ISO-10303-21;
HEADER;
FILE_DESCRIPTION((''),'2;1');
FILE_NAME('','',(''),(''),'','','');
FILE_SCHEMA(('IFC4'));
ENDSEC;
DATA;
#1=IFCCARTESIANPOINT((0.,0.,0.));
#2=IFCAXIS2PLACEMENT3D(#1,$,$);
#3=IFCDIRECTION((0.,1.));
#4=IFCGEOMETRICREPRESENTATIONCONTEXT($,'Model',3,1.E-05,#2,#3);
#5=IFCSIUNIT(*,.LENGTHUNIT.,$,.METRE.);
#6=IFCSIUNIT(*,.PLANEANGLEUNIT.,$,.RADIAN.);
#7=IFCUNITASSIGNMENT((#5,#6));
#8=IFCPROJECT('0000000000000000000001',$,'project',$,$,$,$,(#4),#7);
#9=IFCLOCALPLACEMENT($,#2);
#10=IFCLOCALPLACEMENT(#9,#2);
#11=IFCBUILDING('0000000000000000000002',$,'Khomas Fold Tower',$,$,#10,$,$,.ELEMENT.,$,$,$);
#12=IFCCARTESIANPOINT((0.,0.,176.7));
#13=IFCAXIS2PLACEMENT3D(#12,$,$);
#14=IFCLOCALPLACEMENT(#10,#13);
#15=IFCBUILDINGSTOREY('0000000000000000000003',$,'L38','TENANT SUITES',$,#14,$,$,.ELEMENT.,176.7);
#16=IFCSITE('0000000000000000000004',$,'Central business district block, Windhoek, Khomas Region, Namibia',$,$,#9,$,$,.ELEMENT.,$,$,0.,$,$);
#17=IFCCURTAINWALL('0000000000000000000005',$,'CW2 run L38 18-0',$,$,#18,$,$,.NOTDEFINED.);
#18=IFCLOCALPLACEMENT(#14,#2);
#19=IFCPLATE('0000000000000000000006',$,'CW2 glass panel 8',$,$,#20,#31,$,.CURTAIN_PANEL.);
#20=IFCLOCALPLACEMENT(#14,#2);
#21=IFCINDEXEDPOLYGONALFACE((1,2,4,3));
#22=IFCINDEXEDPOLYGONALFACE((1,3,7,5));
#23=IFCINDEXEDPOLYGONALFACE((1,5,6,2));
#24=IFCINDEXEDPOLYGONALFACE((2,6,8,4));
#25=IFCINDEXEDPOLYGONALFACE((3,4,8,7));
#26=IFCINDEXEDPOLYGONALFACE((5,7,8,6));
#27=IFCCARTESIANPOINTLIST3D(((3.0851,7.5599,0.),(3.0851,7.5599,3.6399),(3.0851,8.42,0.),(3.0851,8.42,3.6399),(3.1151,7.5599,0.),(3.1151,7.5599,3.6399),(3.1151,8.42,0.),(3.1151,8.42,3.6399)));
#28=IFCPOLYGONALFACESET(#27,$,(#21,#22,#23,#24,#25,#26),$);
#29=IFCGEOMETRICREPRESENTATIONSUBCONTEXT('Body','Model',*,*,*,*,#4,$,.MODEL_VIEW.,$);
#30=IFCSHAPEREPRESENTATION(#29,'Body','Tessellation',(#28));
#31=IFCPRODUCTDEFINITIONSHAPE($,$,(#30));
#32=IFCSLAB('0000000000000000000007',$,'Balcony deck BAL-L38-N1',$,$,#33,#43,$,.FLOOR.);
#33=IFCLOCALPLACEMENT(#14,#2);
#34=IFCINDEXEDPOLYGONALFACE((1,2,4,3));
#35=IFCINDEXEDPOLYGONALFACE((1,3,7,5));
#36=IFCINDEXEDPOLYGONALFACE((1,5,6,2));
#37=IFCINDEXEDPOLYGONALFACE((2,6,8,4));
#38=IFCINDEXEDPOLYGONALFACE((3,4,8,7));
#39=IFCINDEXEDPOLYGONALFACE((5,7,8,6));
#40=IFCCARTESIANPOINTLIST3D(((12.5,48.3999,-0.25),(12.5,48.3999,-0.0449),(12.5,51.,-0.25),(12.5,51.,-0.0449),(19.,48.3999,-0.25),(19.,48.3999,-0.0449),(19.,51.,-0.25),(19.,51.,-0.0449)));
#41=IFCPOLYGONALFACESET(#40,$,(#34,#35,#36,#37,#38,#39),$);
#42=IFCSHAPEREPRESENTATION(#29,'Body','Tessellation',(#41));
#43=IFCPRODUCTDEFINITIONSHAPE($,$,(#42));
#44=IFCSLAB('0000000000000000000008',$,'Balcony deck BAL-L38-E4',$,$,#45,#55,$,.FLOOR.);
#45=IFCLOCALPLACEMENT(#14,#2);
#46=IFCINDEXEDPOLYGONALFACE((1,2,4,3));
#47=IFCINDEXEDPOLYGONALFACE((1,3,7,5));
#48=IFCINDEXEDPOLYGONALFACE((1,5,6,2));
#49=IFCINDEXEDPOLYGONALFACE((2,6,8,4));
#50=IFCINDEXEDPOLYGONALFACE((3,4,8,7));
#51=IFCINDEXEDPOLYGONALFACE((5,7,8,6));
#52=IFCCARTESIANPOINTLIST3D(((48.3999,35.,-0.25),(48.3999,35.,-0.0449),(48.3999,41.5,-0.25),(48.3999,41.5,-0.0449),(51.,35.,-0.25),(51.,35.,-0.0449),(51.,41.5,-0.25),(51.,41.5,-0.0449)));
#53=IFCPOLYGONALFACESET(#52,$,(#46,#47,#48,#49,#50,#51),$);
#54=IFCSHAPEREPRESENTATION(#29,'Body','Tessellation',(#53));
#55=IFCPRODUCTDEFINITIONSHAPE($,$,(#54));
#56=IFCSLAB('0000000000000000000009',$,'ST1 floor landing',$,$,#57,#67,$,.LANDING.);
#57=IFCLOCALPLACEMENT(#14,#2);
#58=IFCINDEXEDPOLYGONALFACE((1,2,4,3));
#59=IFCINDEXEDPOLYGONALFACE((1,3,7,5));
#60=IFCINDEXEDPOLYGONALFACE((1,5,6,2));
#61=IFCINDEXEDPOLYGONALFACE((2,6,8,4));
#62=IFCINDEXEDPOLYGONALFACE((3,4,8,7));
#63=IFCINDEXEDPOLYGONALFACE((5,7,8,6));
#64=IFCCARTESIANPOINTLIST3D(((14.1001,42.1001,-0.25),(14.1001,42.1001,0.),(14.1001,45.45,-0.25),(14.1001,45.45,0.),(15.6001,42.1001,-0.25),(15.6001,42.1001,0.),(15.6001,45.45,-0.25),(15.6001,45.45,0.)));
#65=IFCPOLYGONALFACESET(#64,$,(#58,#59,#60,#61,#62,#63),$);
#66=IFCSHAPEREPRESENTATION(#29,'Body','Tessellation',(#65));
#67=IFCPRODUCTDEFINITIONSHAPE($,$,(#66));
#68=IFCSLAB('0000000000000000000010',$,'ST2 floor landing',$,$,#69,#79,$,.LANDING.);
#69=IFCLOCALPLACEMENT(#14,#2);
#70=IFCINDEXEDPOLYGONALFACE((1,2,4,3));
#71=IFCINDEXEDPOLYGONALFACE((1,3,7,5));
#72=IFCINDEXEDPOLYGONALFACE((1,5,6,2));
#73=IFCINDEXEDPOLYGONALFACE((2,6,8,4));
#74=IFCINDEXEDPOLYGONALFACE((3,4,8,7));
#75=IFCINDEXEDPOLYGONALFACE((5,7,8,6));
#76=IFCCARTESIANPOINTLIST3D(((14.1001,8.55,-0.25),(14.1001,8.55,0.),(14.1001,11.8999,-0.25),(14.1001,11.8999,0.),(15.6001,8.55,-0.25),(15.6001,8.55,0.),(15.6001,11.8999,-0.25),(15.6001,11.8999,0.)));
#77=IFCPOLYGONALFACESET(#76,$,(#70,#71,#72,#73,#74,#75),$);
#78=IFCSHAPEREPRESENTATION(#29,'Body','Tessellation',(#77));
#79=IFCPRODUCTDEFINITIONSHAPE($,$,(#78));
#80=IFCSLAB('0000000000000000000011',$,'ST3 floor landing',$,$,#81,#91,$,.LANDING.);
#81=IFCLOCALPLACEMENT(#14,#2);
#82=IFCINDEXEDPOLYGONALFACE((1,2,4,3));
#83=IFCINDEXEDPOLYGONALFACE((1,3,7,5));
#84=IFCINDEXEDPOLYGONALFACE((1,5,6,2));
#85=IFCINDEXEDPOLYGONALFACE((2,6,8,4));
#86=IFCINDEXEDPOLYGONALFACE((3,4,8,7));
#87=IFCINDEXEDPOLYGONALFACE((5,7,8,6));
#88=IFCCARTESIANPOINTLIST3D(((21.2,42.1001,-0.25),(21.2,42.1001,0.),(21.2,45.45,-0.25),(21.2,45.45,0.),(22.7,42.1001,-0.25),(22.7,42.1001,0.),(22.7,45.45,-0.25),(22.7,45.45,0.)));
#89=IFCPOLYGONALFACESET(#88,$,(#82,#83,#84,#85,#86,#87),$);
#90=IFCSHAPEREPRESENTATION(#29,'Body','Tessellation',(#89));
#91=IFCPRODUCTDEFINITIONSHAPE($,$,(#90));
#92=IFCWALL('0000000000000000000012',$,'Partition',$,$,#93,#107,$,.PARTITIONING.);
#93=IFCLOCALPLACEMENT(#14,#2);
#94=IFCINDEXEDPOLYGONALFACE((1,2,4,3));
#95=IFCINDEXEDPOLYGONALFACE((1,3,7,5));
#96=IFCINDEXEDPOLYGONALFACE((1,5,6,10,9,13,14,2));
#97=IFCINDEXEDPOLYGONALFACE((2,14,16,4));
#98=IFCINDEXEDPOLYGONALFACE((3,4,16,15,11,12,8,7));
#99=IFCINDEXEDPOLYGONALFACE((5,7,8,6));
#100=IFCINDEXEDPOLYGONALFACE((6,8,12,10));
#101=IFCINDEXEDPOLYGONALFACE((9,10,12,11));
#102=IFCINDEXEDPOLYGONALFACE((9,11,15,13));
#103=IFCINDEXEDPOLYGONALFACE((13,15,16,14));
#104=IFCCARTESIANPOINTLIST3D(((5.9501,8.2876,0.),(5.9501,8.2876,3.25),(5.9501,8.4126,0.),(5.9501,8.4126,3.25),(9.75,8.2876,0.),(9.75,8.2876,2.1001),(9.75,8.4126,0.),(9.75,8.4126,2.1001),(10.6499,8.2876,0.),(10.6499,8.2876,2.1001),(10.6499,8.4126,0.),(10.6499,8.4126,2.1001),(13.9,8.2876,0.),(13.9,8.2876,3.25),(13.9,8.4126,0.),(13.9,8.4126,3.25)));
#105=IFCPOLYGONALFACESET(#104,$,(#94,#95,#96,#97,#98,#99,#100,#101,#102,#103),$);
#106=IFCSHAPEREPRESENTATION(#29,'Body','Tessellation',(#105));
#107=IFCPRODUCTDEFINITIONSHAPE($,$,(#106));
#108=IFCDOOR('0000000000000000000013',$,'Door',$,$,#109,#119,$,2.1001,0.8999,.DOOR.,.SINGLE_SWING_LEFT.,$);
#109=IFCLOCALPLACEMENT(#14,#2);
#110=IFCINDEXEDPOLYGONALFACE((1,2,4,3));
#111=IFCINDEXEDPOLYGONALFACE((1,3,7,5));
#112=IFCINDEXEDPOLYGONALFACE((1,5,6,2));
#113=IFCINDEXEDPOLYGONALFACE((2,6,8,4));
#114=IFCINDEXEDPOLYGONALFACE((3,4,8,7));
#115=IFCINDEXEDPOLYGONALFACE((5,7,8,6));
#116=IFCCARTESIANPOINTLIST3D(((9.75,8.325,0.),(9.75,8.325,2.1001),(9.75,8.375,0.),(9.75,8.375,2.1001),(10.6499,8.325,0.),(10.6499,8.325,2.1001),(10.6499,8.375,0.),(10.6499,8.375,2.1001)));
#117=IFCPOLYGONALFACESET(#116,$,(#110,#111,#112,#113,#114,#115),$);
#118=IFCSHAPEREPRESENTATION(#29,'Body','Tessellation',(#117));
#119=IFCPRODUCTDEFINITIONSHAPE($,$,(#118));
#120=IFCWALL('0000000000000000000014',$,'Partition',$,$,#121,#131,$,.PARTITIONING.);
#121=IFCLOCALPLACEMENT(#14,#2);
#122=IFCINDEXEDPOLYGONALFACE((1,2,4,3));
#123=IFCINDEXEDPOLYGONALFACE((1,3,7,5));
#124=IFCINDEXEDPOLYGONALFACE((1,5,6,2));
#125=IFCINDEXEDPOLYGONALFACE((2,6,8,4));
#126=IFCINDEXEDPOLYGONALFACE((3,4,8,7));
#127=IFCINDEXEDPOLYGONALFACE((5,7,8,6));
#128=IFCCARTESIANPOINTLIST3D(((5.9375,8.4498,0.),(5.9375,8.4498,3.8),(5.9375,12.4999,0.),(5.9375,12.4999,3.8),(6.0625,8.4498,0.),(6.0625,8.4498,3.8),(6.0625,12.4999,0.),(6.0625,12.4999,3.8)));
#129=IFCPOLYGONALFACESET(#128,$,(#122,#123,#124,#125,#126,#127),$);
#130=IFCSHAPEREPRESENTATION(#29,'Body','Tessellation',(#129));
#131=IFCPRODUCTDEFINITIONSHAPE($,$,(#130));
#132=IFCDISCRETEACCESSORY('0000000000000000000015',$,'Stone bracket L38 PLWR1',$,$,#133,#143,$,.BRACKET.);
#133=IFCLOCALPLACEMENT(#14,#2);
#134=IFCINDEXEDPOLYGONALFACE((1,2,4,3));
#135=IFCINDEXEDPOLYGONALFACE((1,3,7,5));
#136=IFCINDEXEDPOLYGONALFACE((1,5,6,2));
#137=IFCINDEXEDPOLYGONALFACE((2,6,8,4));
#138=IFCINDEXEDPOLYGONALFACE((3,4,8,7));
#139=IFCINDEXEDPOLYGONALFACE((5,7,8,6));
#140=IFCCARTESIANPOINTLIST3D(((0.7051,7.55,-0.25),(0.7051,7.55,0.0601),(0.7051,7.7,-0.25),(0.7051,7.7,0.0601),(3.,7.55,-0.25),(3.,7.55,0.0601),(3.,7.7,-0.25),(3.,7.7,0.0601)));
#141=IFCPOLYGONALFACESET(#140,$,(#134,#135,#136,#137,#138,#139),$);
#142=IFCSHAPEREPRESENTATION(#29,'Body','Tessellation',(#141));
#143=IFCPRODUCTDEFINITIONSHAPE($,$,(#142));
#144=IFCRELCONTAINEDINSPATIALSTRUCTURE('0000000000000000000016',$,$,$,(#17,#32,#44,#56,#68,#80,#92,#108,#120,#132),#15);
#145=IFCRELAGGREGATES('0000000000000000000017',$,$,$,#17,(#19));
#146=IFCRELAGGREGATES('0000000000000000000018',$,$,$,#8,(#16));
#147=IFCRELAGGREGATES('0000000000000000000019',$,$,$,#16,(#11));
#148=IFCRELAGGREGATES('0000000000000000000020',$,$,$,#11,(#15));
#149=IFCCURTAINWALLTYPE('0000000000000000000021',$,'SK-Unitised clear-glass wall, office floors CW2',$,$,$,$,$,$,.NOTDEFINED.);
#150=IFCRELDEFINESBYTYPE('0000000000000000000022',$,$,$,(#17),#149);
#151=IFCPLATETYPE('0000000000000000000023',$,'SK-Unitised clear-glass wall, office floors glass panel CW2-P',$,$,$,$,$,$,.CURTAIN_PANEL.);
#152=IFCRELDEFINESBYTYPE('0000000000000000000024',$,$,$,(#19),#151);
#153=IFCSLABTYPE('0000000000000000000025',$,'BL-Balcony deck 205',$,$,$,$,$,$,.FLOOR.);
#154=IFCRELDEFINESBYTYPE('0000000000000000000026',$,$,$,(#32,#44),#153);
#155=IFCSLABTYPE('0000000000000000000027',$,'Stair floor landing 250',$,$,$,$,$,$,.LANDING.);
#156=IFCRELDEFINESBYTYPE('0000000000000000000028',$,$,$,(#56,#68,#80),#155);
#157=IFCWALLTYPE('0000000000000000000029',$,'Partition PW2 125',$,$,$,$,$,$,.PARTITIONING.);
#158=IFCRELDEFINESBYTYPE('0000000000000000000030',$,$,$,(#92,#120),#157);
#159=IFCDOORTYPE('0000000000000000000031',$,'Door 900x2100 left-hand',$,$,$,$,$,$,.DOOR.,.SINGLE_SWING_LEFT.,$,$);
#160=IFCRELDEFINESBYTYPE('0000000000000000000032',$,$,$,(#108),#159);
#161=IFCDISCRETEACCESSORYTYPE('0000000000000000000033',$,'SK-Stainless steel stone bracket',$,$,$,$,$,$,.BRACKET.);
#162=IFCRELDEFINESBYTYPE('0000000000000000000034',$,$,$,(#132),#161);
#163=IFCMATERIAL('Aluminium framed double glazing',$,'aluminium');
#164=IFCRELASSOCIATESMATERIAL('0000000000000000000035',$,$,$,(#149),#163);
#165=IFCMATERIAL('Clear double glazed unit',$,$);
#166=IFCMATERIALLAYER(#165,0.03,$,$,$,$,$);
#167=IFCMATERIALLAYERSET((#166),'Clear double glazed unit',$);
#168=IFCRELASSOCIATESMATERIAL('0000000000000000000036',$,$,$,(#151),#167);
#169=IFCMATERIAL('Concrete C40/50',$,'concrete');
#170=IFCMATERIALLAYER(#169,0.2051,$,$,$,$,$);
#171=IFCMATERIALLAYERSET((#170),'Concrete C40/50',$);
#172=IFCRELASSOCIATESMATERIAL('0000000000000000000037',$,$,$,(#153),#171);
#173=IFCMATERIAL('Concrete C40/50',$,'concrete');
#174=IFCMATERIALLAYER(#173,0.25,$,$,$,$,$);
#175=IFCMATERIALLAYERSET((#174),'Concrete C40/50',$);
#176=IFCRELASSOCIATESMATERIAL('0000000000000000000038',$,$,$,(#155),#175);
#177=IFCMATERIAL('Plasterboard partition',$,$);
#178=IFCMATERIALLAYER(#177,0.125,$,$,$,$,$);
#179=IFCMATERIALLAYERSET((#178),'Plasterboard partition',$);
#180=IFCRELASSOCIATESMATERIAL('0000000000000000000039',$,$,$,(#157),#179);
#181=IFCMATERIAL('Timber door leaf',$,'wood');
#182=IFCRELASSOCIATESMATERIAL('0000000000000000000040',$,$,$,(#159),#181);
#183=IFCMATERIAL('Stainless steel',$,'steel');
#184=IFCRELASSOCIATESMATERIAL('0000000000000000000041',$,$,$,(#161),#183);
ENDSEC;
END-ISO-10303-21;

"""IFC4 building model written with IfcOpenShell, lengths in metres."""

from ifc_helpers import new_model, si_unit, direction, frame, frame_2d, origin, origin_2d, place, context, subcontext, project, spatial, polyline, rectangle, outline, extrude, source, transform, mapped, material, layer, layer_set, type_object, element, fill, aggregate, save


model = new_model("IFC4")

# Units and contexts
model_context = context("Model", 3, precision=1e-05, world=origin(), true_north=direction((0.0, 1.0)))
body_context = subcontext(model_context, "Body", "Model", "MODEL_VIEW")
ifc_project = project(units=[si_unit("LENGTHUNIT", "METRE"), si_unit("PLANEANGLEUNIT", "RADIAN")], contexts=[model_context])

# Site, building, storey
site_placement = place(None, origin())
site = spatial("IfcSite", under=ifc_project, at=site_placement, Name="Central business district block, Windhoek, Khomas Region, Namibia", CompositionType="ELEMENT", RefElevation=0.0)
building_placement = place(site_placement, origin())
building = spatial("IfcBuilding", under=site, at=building_placement, Name="Khomas Fold Tower", CompositionType="ELEMENT")
storey_placement = place(building_placement, frame((0.0, 0.0, 176.7)))
storey = spatial("IfcBuildingStorey", under=building, at=storey_placement, Name="L38", Description="TENANT SUITES", CompositionType="ELEMENT", Elevation=176.7)

# Curtain wall
ifc_material_1 = material(Name="Aluminium framed double glazing", Category="aluminium")
curtain_wall_type = type_object("IfcCurtainWallType", Name="SK-Unitised clear-glass wall, office floors CW2", PredefinedType="NOTDEFINED", material=ifc_material_1)
curtain_wall_1_placement = place(storey_placement, origin())
curtain_wall_1 = element("IfcCurtainWall", 1, at=curtain_wall_1_placement, inside=storey, type_object=curtain_wall_type, Name="CW2 run L38 18-0", PredefinedType="NOTDEFINED")

# Plate
ifc_material_2 = material(Name="Clear double glazed unit")
ifc_layer_1 = layer(ifc_material_2, 0.03)
ifc_layer_set_1 = layer_set([ifc_layer_1], Name="Clear double glazed unit")
plate_type = type_object("IfcPlateType", Name="SK-Unitised clear-glass wall, office floors glass panel CW2-P", PredefinedType="CURTAIN_PANEL", material=ifc_layer_set_1)
shared_shape_1 = source(origin(), body_context, "Body", "SweptSolid", [
    extrude(rectangle(XDim=0.8601, YDim=0.03, at=origin_2d()), origin(), (0.0, 0.0, 1.0), 3.6399),
])
plate_1_placement = place(storey_placement, frame((3.1001, 7.99, 0.0), z_axis=(0.0, 0.0, 1.0), x_axis=(0.0, -1.0, 0.0)))
plate_1 = element("IfcPlate", 2, at=plate_1_placement, type_object=plate_type, Name="CW2 glass panel 8", PredefinedType="CURTAIN_PANEL", context=body_context, shape_type="MappedRepresentation", body=[
    mapped(shared_shape_1, transform((0.0, 0.0, 0.0))),
])
aggregate(curtain_wall_1, [plate_1])

# Slabs
ifc_material_3 = material(Name="Concrete C40/50", Category="concrete")
ifc_layer_2 = layer(ifc_material_3, 0.2051)
ifc_layer_set_2 = layer_set([ifc_layer_2], Name="Concrete C40/50")
slab_type_1 = type_object("IfcSlabType", Name="BL-Balcony deck 205", PredefinedType="FLOOR", material=ifc_layer_set_2)
shared_shape_2 = source(origin(), body_context, "Body", "SweptSolid", [
    extrude(outline(polyline([(12.5, 48.3999), (19.0, 48.3999), (19.0, 51.0), (12.5, 51.0), (12.5, 48.3999)])), origin(), (0.0, 0.0, 1.0), 0.2051),
])
slab_1_placement = place(storey_placement, frame((0.0, 0.0, -0.25)))
element("IfcSlab", 3, at=slab_1_placement, inside=storey, type_object=slab_type_1, Name="Balcony deck BAL-L38-N1", PredefinedType="FLOOR", context=body_context, shape_type="MappedRepresentation", body=[
    mapped(shared_shape_2, transform((0.0, 0.0, 0.0))),
])
shared_shape_3 = source(origin(), body_context, "Body", "SweptSolid", [
    extrude(outline(polyline([(48.3999, 35.0), (51.0, 35.0), (51.0, 41.5), (48.3999, 41.5), (48.3999, 35.0)])), origin(), (0.0, 0.0, 1.0), 0.2051),
])
slab_2_placement = place(storey_placement, frame((0.0, 0.0, -0.25)))
element("IfcSlab", 4, at=slab_2_placement, inside=storey, type_object=slab_type_1, Name="Balcony deck BAL-L38-E4", PredefinedType="FLOOR", context=body_context, shape_type="MappedRepresentation", body=[
    mapped(shared_shape_3, transform((0.0, 0.0, 0.0))),
])
ifc_material_4 = material(Name="Concrete C40/50", Category="concrete")
ifc_layer_3 = layer(ifc_material_4, 0.25)
ifc_layer_set_3 = layer_set([ifc_layer_3], Name="Concrete C40/50")
slab_type_2 = type_object("IfcSlabType", Name="Stair floor landing 250", PredefinedType="LANDING", material=ifc_layer_set_3)
shared_shape_4 = source(origin(), body_context, "Body", "SweptSolid", [
    extrude(outline(polyline([(15.6001, 42.1001), (14.1001, 42.1001), (14.1001, 45.45), (15.6001, 45.45), (15.6001, 42.1001)])), origin(), (0.0, 0.0, 1.0), 0.25),
])
slab_3_placement = place(storey_placement, frame((0.0, 0.0, -0.25)))
element("IfcSlab", 5, at=slab_3_placement, inside=storey, type_object=slab_type_2, Name="ST1 floor landing", PredefinedType="LANDING", context=body_context, shape_type="MappedRepresentation", body=[
    mapped(shared_shape_4, transform((0.0, 0.0, 0.0))),
])
shared_shape_5 = source(origin(), body_context, "Body", "SweptSolid", [
    extrude(outline(polyline([(15.6001, 8.55), (14.1001, 8.55), (14.1001, 11.8999), (15.6001, 11.8999), (15.6001, 8.55)])), origin(), (0.0, 0.0, 1.0), 0.25),
])
slab_4_placement = place(storey_placement, frame((0.0, 0.0, -0.25)))
element("IfcSlab", 6, at=slab_4_placement, inside=storey, type_object=slab_type_2, Name="ST2 floor landing", PredefinedType="LANDING", context=body_context, shape_type="MappedRepresentation", body=[
    mapped(shared_shape_5, transform((0.0, 0.0, 0.0))),
])
shared_shape_6 = source(origin(), body_context, "Body", "SweptSolid", [
    extrude(outline(polyline([(22.7, 42.1001), (21.2, 42.1001), (21.2, 45.45), (22.7, 45.45), (22.7, 42.1001)])), origin(), (0.0, 0.0, 1.0), 0.25),
])
slab_5_placement = place(storey_placement, frame((0.0, 0.0, -0.25)))
element("IfcSlab", 7, at=slab_5_placement, inside=storey, type_object=slab_type_2, Name="ST3 floor landing", PredefinedType="LANDING", context=body_context, shape_type="MappedRepresentation", body=[
    mapped(shared_shape_6, transform((0.0, 0.0, 0.0))),
])

# Wall, opening, door
ifc_material_5 = material(Name="Plasterboard partition")
ifc_layer_4 = layer(ifc_material_5, 0.125)
ifc_layer_set_4 = layer_set([ifc_layer_4], Name="Plasterboard partition")
wall_type = type_object("IfcWallType", Name="Partition PW2 125", PredefinedType="PARTITIONING", material=ifc_layer_set_4)
shared_shape_7 = source(origin(), body_context, "Body", "SweptSolid", [
    extrude(rectangle(XDim=7.95, YDim=0.125, at=frame_2d((3.9751, 0.0))), origin(), (0.0, 0.0, 1.0), 3.25),
])
wall_1_placement = place(storey_placement, frame((5.95, 8.3501, 0.0), z_axis=(0.0, 0.0, 1.0), x_axis=(1.0, 0.0, 0.0)))
wall_1 = element("IfcWall", 8, at=wall_1_placement, inside=storey, type_object=wall_type, Name="Partition", PredefinedType="PARTITIONING", context=body_context, shape_type="MappedRepresentation", body=[
    mapped(shared_shape_7, transform((0.0, 0.0, 0.0))),
])
shared_shape_8 = source(origin(), body_context, "Body", "SweptSolid", [
    extrude(rectangle(XDim=0.8999, YDim=2.1001, at=frame_2d((0.45, 1.05))), frame((0.0, 0.0725, 0.0), z_axis=(0.0, -1.0, 0.0), x_axis=(1.0, 0.0, 0.0)), (0.0, 0.0, 1.0), 0.145),
])
opening_placement = place(wall_1_placement, frame((3.8, 0.0, 0.0)))
opening = element("IfcOpeningElement", 9, at=opening_placement, cuts=wall_1, PredefinedType="OPENING", context=body_context, shape_type="MappedRepresentation", body=[
    mapped(shared_shape_8, transform((0.0, 0.0, 0.0))),
])
ifc_material_6 = material(Name="Timber door leaf", Category="wood")
door_type = type_object("IfcDoorType", Name="Door 900x2100 left-hand", OperationType="SINGLE_SWING_LEFT", PredefinedType="DOOR", material=ifc_material_6)
shared_shape_9 = source(origin(), body_context, "Body", "SweptSolid", [
    extrude(rectangle(XDim=0.8999, YDim=2.1001, at=frame_2d((0.45, 1.05))), frame((0.0, 0.0249, 0.0), z_axis=(0.0, -1.0, 0.0), x_axis=(1.0, 0.0, 0.0)), (0.0, 0.0, 1.0), 0.05),
])
door_placement = place(opening_placement, origin())
door = element("IfcDoor", 10, at=door_placement, inside=storey, type_object=door_type, Name="Door", OperationType="SINGLE_SWING_LEFT", OverallHeight=2.1001, OverallWidth=0.8999, PredefinedType="DOOR", context=body_context, shape_type="MappedRepresentation", body=[
    mapped(shared_shape_9, transform((0.0, 0.0, 0.0))),
])
fill(opening, door)

# Wall
shared_shape_10 = source(origin(), body_context, "Body", "SweptSolid", [
    extrude(rectangle(XDim=4.05, YDim=0.125, at=frame_2d((2.0249, 0.0))), origin(), (0.0, 0.0, 1.0), 3.8),
])
wall_2_placement = place(storey_placement, frame((6.0, 8.45, 0.0), z_axis=(0.0, 0.0, 1.0), x_axis=(0.0, 1.0, 0.0)))
element("IfcWall", 11, at=wall_2_placement, inside=storey, type_object=wall_type, Name="Partition", PredefinedType="PARTITIONING", context=body_context, shape_type="MappedRepresentation", body=[
    mapped(shared_shape_10, transform((0.0, 0.0, 0.0))),
])

# Discrete accessory
ifc_material_7 = material(Name="Stainless steel", Category="steel")
discrete_accessory_type = type_object("IfcDiscreteAccessoryType", Name="SK-Stainless steel stone bracket", PredefinedType="BRACKET", material=ifc_material_7)
shared_shape_11 = source(origin(), body_context, "Body", "SweptSolid", [
    extrude(rectangle(XDim=2.2949, YDim=0.1499, at=origin_2d()), origin(), (0.0, 0.0, 1.0), 0.3101),
])
discrete_accessory_placement = place(storey_placement, frame((1.8525, 7.625, -0.25), z_axis=(0.0, 0.0, 1.0), x_axis=(-1.0, 0.0, 0.0)))
element("IfcDiscreteAccessory", 12, at=discrete_accessory_placement, inside=storey, type_object=discrete_accessory_type, Name="Stone bracket L38 PLWR1", PredefinedType="BRACKET", context=body_context, shape_type="MappedRepresentation", body=[
    mapped(shared_shape_11, transform((0.0, 0.0, 0.0))),
])

save(model, "model.ifc")
